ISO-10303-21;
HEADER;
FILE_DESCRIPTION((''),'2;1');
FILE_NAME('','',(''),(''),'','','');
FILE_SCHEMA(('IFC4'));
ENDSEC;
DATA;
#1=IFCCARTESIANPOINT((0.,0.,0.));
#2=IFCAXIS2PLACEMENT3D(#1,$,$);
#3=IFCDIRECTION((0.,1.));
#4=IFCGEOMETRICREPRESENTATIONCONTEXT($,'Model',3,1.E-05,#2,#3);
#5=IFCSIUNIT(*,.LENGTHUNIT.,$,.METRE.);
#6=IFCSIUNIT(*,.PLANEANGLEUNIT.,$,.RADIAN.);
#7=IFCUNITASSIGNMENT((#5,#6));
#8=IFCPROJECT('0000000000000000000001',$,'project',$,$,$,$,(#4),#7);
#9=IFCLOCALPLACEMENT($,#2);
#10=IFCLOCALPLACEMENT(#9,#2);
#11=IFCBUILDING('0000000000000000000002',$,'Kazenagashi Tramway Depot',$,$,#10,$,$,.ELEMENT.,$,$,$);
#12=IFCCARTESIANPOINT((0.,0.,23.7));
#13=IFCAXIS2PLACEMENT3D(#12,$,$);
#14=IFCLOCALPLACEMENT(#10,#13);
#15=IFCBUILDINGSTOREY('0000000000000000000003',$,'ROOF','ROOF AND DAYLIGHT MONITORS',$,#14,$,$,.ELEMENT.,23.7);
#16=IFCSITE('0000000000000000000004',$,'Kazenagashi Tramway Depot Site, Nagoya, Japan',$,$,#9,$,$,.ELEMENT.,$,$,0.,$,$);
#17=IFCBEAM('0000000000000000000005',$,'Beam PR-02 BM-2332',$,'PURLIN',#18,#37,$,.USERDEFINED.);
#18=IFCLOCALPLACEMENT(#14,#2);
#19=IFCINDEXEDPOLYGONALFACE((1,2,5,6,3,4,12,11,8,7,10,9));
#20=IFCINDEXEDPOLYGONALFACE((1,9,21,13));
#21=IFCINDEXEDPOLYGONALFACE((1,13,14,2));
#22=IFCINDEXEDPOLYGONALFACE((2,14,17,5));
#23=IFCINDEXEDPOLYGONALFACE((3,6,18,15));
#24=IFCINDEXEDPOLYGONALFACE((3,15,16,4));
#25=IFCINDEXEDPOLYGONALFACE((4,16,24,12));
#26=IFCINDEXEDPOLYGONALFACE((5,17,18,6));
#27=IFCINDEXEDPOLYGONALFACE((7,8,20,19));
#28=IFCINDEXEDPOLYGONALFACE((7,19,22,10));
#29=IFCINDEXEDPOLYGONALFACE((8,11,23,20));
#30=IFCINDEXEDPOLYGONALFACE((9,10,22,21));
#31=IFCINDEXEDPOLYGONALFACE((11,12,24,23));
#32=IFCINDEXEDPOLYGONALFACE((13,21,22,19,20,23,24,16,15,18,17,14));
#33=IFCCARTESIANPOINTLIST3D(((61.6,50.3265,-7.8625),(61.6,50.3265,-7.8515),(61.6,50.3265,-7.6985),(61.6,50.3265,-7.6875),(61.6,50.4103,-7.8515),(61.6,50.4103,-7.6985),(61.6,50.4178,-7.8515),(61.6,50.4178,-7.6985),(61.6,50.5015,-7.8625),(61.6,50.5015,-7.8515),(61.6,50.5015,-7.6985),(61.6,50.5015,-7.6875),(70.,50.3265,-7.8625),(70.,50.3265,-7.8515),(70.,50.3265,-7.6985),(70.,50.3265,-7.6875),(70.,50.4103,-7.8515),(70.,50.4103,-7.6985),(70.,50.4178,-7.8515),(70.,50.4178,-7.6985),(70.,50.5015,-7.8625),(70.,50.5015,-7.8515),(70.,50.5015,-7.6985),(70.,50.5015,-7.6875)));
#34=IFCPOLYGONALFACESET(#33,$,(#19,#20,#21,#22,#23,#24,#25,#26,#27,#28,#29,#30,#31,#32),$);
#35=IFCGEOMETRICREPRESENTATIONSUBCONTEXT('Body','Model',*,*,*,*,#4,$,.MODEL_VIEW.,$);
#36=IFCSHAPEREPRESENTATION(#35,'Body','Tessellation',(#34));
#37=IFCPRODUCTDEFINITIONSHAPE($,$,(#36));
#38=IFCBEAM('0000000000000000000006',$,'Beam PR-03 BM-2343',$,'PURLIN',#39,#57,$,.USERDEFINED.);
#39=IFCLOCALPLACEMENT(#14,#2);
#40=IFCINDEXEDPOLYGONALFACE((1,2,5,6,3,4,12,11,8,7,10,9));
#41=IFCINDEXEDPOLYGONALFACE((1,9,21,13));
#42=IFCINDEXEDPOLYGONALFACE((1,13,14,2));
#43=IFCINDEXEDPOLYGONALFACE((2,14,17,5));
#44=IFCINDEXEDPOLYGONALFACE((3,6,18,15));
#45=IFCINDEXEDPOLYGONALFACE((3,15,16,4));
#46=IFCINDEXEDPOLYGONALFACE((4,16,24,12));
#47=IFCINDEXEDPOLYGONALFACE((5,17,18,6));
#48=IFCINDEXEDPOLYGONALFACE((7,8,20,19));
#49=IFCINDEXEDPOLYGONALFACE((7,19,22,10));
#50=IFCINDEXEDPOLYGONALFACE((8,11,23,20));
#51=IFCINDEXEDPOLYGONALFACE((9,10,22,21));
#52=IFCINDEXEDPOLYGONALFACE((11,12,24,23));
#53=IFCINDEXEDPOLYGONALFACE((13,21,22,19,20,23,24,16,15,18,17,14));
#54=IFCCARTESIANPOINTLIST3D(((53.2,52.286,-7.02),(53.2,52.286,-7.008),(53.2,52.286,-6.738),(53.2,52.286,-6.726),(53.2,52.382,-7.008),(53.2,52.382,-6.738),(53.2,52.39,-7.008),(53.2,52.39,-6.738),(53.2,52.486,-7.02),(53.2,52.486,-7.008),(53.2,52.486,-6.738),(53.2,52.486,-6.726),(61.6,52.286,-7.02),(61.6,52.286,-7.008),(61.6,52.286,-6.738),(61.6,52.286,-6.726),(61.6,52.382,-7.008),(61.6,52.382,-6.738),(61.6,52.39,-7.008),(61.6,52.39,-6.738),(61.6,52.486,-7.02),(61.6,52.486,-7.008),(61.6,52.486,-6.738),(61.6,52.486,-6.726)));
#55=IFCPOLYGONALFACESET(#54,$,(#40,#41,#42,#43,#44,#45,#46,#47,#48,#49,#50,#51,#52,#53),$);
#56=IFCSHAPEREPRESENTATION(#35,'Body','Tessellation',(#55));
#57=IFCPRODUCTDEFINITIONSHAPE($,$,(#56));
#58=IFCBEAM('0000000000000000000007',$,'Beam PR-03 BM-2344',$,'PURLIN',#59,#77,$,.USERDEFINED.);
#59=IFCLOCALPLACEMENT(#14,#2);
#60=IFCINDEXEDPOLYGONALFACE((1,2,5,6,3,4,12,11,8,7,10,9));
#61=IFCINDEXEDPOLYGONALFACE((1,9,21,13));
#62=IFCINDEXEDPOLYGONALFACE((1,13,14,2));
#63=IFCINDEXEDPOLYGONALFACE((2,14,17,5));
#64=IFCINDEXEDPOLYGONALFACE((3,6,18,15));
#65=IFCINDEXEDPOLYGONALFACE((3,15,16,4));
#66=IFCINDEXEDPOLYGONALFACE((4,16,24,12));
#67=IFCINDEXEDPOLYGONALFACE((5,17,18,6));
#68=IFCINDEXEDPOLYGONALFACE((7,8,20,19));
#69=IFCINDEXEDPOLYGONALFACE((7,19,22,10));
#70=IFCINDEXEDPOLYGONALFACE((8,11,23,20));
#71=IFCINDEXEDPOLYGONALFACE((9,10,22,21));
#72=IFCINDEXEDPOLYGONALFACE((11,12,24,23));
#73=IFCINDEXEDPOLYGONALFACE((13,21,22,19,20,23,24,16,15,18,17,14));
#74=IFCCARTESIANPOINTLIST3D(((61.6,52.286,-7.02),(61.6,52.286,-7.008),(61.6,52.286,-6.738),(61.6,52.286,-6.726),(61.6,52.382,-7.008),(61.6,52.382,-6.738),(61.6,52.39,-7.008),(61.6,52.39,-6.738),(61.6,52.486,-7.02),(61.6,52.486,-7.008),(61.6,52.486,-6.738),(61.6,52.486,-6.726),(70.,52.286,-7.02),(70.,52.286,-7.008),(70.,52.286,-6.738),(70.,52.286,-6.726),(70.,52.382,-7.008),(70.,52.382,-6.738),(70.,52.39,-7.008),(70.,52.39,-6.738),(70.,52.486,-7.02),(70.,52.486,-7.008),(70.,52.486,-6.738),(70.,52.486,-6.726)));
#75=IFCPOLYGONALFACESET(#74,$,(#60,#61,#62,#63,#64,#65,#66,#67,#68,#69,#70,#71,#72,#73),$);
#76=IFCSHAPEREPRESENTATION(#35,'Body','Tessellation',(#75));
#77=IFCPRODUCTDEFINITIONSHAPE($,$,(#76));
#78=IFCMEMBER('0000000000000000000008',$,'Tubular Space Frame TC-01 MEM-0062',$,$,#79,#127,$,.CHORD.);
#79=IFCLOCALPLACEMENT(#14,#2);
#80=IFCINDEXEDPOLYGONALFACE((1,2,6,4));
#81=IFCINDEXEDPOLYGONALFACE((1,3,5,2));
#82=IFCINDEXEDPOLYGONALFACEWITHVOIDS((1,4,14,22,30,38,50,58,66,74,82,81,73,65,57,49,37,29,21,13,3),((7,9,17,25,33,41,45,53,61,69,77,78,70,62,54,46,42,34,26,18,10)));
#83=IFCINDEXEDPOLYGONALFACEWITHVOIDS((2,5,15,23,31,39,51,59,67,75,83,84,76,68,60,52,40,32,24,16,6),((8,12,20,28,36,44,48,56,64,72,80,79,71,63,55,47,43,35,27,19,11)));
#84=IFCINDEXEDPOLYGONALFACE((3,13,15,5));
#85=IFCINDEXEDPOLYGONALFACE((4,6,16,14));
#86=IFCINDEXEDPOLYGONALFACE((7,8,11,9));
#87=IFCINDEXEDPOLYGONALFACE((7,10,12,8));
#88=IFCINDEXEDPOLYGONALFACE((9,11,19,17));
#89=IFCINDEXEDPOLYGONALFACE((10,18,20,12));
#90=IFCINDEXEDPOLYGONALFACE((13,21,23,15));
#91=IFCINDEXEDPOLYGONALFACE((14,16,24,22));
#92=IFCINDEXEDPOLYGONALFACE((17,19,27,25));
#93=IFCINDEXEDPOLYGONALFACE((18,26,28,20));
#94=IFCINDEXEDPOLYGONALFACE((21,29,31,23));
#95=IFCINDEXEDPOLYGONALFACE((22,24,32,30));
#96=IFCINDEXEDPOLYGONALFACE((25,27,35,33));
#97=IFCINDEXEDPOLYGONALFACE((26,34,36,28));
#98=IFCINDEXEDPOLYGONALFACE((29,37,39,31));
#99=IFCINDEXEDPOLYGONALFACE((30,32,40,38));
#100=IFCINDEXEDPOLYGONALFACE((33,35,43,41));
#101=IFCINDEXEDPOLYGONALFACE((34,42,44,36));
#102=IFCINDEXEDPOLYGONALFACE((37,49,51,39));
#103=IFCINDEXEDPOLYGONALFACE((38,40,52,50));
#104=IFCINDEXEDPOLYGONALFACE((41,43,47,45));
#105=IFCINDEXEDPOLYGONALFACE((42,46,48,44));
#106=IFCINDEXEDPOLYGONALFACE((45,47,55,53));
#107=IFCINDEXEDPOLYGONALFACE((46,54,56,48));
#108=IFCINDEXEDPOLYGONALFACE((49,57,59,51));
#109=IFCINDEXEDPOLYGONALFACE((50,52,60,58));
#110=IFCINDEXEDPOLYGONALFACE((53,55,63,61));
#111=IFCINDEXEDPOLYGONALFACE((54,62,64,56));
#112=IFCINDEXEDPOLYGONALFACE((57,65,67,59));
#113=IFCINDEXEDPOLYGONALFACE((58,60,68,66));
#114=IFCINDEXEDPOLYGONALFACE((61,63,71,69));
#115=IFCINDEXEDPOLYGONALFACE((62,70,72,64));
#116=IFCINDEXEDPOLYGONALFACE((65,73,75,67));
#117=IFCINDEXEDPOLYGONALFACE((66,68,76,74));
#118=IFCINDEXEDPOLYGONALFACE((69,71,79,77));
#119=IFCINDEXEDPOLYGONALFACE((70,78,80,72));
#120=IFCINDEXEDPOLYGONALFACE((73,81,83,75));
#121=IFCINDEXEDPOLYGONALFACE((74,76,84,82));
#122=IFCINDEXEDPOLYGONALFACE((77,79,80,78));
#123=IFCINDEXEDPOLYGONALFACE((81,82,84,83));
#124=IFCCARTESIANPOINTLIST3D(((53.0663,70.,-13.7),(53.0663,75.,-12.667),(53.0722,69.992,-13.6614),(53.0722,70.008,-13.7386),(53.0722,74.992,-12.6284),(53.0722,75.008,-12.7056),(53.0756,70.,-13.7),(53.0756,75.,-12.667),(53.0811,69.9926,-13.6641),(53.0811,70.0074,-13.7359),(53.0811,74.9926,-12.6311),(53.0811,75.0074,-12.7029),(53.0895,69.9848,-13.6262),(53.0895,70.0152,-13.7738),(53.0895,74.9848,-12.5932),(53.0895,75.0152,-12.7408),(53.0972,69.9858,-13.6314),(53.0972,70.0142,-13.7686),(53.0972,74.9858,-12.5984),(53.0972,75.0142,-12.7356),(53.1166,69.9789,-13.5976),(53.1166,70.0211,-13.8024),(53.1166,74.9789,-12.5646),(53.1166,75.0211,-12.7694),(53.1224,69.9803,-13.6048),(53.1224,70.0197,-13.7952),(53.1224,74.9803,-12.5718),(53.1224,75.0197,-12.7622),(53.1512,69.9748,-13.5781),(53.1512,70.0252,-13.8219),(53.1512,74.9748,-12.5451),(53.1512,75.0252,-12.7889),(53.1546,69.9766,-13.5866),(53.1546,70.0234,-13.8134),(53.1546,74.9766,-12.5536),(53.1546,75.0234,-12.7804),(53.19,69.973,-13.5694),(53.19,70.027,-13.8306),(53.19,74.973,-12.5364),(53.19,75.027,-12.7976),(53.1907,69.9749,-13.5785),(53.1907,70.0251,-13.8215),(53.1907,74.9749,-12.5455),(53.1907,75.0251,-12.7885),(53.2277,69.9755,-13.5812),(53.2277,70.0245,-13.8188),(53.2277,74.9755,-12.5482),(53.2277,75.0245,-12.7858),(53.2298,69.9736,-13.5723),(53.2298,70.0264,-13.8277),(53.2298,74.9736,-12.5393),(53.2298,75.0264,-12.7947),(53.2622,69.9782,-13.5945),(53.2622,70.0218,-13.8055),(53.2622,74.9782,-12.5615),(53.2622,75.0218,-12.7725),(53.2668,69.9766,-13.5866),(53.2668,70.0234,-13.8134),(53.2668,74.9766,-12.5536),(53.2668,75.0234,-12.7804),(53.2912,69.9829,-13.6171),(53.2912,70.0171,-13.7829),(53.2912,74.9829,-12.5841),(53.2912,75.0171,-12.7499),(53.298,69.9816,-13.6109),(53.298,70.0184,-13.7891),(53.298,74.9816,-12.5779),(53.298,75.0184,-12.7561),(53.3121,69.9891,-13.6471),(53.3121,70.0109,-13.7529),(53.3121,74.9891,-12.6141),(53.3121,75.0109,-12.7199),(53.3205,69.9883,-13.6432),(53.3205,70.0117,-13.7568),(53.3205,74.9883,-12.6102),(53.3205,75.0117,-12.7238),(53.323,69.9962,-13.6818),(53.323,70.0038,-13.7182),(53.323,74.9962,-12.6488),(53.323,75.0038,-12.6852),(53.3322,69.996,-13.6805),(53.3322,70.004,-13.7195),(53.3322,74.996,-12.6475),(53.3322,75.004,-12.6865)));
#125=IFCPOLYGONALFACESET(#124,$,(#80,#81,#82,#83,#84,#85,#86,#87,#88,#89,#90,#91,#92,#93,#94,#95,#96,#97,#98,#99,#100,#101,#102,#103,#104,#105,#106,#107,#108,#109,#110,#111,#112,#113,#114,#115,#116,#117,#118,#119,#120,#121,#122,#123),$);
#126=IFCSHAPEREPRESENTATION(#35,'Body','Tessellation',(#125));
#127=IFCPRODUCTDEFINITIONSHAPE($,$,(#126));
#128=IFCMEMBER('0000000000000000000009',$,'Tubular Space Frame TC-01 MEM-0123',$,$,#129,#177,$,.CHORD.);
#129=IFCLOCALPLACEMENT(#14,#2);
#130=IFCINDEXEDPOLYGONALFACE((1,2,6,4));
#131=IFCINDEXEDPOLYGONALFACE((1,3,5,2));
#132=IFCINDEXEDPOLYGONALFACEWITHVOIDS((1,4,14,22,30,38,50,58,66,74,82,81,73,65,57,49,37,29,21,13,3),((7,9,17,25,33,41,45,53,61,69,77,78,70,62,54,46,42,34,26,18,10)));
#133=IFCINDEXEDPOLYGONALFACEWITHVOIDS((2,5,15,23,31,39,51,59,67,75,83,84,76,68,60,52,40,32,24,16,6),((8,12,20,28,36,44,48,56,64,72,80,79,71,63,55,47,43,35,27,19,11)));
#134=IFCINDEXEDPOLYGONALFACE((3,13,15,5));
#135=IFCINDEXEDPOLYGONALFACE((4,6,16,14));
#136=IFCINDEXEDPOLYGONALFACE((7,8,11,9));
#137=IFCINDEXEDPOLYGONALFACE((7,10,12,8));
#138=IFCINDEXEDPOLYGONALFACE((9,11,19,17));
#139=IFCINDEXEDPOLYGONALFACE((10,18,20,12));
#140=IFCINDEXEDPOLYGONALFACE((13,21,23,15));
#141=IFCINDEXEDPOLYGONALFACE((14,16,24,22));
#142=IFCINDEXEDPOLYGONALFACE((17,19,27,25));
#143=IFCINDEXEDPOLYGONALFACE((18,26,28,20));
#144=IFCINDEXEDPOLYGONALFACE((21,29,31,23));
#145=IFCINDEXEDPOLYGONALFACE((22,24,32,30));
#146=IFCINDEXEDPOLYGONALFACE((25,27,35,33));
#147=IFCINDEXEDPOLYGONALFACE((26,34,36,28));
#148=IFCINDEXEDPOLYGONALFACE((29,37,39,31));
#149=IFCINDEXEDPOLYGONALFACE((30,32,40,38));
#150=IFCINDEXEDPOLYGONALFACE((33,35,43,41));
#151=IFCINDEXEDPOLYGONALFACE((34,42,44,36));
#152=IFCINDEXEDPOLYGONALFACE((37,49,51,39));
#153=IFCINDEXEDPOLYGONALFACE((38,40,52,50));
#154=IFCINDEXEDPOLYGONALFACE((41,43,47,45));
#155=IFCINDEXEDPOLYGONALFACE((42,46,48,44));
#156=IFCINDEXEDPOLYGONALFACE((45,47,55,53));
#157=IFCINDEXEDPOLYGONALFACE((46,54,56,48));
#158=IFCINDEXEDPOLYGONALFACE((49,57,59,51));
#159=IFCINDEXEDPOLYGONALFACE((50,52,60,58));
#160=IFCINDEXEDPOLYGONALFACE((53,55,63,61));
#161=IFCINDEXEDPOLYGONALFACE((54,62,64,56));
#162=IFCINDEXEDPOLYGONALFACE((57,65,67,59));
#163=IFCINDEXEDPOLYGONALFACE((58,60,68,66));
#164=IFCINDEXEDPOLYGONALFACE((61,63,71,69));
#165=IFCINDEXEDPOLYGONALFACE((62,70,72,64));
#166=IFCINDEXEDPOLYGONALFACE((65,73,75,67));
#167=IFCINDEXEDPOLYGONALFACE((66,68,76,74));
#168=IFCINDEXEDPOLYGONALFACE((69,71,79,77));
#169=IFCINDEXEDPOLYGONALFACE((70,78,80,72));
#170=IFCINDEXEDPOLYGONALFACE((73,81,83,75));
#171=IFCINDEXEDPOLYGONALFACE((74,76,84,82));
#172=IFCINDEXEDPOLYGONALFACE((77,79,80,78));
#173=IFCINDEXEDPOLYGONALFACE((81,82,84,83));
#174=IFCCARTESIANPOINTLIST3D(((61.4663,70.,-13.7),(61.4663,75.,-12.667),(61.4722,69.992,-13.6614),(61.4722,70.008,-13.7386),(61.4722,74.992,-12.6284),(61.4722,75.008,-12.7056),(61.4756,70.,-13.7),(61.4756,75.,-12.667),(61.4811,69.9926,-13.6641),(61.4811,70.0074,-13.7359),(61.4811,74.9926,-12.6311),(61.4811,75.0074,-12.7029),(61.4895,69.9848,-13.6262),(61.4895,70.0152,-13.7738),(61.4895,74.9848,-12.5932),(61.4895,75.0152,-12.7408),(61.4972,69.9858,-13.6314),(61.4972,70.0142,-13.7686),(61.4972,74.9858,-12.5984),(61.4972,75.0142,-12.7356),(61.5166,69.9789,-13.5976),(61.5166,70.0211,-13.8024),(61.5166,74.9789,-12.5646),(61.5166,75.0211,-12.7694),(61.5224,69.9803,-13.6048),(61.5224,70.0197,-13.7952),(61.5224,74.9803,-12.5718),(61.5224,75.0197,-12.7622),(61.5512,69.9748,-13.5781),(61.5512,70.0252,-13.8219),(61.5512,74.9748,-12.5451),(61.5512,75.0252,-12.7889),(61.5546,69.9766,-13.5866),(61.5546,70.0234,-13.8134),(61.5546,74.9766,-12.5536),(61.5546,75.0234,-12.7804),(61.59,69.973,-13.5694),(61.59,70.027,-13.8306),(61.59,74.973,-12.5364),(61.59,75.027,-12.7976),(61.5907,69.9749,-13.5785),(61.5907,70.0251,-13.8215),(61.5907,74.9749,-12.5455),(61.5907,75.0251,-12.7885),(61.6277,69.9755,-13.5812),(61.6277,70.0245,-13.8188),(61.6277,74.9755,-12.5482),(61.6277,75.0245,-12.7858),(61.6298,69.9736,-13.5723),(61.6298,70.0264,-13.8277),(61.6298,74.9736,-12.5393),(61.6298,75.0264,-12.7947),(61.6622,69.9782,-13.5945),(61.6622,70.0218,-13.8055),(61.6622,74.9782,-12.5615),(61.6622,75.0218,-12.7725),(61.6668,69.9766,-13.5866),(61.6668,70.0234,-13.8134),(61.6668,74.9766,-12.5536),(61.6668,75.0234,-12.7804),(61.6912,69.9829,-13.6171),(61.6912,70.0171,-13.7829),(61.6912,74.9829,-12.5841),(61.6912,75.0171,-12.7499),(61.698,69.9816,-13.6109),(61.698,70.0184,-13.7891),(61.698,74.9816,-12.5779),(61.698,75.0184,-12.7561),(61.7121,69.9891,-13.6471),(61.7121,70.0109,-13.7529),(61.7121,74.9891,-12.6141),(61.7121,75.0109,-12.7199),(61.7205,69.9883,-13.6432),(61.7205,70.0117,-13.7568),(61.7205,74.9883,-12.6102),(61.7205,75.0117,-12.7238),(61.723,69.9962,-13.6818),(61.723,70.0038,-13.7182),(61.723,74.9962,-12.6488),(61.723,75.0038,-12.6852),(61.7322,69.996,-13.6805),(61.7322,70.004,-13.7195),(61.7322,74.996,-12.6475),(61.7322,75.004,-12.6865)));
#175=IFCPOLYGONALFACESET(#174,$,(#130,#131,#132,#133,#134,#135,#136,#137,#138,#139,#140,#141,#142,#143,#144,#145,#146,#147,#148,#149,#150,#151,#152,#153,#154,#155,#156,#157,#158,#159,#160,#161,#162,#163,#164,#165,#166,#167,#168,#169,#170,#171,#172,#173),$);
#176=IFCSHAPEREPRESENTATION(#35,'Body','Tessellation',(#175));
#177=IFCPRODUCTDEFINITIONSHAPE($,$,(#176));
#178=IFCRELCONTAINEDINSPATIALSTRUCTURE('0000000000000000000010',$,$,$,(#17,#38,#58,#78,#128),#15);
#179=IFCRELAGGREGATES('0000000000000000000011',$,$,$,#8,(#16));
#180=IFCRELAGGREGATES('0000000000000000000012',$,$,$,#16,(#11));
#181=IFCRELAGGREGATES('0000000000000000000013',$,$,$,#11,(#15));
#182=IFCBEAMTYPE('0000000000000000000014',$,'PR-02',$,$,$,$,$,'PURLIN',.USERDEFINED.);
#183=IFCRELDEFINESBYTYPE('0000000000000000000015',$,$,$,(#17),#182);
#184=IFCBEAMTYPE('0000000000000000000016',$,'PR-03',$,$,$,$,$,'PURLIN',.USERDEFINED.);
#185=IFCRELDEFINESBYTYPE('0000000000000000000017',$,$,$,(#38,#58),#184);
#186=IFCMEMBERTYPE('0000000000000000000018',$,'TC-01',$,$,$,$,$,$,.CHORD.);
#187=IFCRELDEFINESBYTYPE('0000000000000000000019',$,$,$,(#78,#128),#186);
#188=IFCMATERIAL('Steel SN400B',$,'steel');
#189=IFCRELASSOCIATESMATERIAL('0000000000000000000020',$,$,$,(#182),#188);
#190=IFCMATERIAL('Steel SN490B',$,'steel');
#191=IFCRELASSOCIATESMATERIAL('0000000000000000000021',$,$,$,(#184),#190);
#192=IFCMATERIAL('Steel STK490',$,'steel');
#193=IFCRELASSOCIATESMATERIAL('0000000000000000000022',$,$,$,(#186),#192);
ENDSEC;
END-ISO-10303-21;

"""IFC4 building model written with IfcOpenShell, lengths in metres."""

from ifc_helpers import new_model, si_unit, direction, frame, origin, origin_2d, place, context, subcontext, project, spatial, hollow_circle, i_section, extrude, material, material_profile, profile_set, type_object, element, save


model = new_model("IFC4")

# Units and contexts
model_context = context("Model", 3, precision=1e-05, world=origin(), true_north=direction((0.0, 1.0)))
body_context = subcontext(model_context, "Body", "Model", "MODEL_VIEW")
ifc_project = project(units=[si_unit("LENGTHUNIT", "METRE"), si_unit("PLANEANGLEUNIT", "RADIAN")], contexts=[model_context])

# Site, building, storey
site_placement = place(None, origin())
site = spatial("IfcSite", under=ifc_project, at=site_placement, Name="Kazenagashi Tramway Depot Site, Nagoya, Japan", CompositionType="ELEMENT", RefElevation=0.0)
building_placement = place(site_placement, origin())
building = spatial("IfcBuilding", under=site, at=building_placement, Name="Kazenagashi Tramway Depot", CompositionType="ELEMENT")
storey_placement = place(building_placement, frame((0.0, 0.0, 23.7)))
storey = spatial("IfcBuildingStorey", under=building, at=storey_placement, Name="ROOF", Description="ROOF AND DAYLIGHT MONITORS", CompositionType="ELEMENT", Elevation=23.7)

# Beams
ifc_material_1 = material(Name="Steel SN490B", Category="steel")
ifc_material_2 = material(Name="Steel SN400B", Category="steel")
ifc_material_profile_1 = material_profile(ifc_material_2, i_section(OverallWidth=0.175, OverallDepth=0.175, WebThickness=0.0075, FlangeThickness=0.011, at=origin_2d()), Name="H-175x175x7.5x11")
ifc_profile_set_1 = profile_set([ifc_material_profile_1], Name="Steel SN400B")
beam_type_1 = type_object("IfcBeamType", Name="PR-02", ElementType="PURLIN", PredefinedType="USERDEFINED", material=ifc_profile_set_1)
for number, where, z_axis, x_axis, name in (
    (1, (61.6, 50.414, -7.775), (1.0, 0.0, 0.0), (0.0, 1.0, 0.0), "Beam PR-02 BM-2332"),
):
    element("IfcBeam", number, at=place(storey_placement, frame(where, z_axis=z_axis, x_axis=x_axis)), inside=storey, type_object=beam_type_1, Name=name, ObjectType="PURLIN", PredefinedType="USERDEFINED", context=body_context, shape_type="SweptSolid", body=[
        extrude(i_section(OverallWidth=0.175, OverallDepth=0.175, WebThickness=0.0075, FlangeThickness=0.011, at=origin_2d()), origin(), (0.0, 0.0, 1.0), 8.4),
    ])
ifc_material_profile_2 = material_profile(ifc_material_1, i_section(OverallWidth=0.2, OverallDepth=0.294, WebThickness=0.008, FlangeThickness=0.012, at=origin_2d()), Name="H-294x200x8x12")
ifc_profile_set_2 = profile_set([ifc_material_profile_2], Name="Steel SN490B")
beam_type_2 = type_object("IfcBeamType", Name="PR-03", ElementType="PURLIN", PredefinedType="USERDEFINED", material=ifc_profile_set_2)
for number, where, z_axis, x_axis, name in (
    (2, (53.2, 52.386, -6.873), (1.0, 0.0, 0.0), (0.0, 1.0, 0.0), "Beam PR-03 BM-2343"),
    (3, (61.6, 52.386, -6.873), (1.0, 0.0, 0.0), (0.0, 1.0, 0.0), "Beam PR-03 BM-2344"),
):
    element("IfcBeam", number, at=place(storey_placement, frame(where, z_axis=z_axis, x_axis=x_axis)), inside=storey, type_object=beam_type_2, Name=name, ObjectType="PURLIN", PredefinedType="USERDEFINED", context=body_context, shape_type="SweptSolid", body=[
        extrude(i_section(OverallWidth=0.2, OverallDepth=0.294, WebThickness=0.008, FlangeThickness=0.012, at=origin_2d()), origin(), (0.0, 0.0, 1.0), 8.4),
    ])

# Members
ifc_material_3 = material(Name="Steel STK490", Category="steel")
ifc_material_profile_3 = material_profile(ifc_material_3, hollow_circle(Radius=0.1337, WallThickness=0.0093, at=origin_2d()), Name="CHS-267.4x9.3")
ifc_profile_set_3 = profile_set([ifc_material_profile_3], Name="Steel STK490")
member_type_1 = type_object("IfcMemberType", Name="TC-01", PredefinedType="CHORD", material=ifc_profile_set_3)
for number, where, z_axis, x_axis, name in (
    (4, (53.2, 70.0, -13.7), (0.0, 0.979318, 0.202327), (-1.0, 0.0, 0.0), "Tubular Space Frame TC-01 MEM-0062"),
    (5, (61.6, 70.0, -13.7), (0.0, 0.979318, 0.202327), (-1.0, 0.0, 0.0), "Tubular Space Frame TC-01 MEM-0123"),
):
    element("IfcMember", number, at=place(storey_placement, frame(where, z_axis=z_axis, x_axis=x_axis)), inside=storey, type_object=member_type_1, Name=name, PredefinedType="CHORD", context=body_context, shape_type="SweptSolid", body=[
        extrude(hollow_circle(Radius=0.1337, WallThickness=0.0093, at=origin_2d()), origin(), (0.0, 0.0, 1.0), 5.1056),
    ])

save(model, "model.ifc")
